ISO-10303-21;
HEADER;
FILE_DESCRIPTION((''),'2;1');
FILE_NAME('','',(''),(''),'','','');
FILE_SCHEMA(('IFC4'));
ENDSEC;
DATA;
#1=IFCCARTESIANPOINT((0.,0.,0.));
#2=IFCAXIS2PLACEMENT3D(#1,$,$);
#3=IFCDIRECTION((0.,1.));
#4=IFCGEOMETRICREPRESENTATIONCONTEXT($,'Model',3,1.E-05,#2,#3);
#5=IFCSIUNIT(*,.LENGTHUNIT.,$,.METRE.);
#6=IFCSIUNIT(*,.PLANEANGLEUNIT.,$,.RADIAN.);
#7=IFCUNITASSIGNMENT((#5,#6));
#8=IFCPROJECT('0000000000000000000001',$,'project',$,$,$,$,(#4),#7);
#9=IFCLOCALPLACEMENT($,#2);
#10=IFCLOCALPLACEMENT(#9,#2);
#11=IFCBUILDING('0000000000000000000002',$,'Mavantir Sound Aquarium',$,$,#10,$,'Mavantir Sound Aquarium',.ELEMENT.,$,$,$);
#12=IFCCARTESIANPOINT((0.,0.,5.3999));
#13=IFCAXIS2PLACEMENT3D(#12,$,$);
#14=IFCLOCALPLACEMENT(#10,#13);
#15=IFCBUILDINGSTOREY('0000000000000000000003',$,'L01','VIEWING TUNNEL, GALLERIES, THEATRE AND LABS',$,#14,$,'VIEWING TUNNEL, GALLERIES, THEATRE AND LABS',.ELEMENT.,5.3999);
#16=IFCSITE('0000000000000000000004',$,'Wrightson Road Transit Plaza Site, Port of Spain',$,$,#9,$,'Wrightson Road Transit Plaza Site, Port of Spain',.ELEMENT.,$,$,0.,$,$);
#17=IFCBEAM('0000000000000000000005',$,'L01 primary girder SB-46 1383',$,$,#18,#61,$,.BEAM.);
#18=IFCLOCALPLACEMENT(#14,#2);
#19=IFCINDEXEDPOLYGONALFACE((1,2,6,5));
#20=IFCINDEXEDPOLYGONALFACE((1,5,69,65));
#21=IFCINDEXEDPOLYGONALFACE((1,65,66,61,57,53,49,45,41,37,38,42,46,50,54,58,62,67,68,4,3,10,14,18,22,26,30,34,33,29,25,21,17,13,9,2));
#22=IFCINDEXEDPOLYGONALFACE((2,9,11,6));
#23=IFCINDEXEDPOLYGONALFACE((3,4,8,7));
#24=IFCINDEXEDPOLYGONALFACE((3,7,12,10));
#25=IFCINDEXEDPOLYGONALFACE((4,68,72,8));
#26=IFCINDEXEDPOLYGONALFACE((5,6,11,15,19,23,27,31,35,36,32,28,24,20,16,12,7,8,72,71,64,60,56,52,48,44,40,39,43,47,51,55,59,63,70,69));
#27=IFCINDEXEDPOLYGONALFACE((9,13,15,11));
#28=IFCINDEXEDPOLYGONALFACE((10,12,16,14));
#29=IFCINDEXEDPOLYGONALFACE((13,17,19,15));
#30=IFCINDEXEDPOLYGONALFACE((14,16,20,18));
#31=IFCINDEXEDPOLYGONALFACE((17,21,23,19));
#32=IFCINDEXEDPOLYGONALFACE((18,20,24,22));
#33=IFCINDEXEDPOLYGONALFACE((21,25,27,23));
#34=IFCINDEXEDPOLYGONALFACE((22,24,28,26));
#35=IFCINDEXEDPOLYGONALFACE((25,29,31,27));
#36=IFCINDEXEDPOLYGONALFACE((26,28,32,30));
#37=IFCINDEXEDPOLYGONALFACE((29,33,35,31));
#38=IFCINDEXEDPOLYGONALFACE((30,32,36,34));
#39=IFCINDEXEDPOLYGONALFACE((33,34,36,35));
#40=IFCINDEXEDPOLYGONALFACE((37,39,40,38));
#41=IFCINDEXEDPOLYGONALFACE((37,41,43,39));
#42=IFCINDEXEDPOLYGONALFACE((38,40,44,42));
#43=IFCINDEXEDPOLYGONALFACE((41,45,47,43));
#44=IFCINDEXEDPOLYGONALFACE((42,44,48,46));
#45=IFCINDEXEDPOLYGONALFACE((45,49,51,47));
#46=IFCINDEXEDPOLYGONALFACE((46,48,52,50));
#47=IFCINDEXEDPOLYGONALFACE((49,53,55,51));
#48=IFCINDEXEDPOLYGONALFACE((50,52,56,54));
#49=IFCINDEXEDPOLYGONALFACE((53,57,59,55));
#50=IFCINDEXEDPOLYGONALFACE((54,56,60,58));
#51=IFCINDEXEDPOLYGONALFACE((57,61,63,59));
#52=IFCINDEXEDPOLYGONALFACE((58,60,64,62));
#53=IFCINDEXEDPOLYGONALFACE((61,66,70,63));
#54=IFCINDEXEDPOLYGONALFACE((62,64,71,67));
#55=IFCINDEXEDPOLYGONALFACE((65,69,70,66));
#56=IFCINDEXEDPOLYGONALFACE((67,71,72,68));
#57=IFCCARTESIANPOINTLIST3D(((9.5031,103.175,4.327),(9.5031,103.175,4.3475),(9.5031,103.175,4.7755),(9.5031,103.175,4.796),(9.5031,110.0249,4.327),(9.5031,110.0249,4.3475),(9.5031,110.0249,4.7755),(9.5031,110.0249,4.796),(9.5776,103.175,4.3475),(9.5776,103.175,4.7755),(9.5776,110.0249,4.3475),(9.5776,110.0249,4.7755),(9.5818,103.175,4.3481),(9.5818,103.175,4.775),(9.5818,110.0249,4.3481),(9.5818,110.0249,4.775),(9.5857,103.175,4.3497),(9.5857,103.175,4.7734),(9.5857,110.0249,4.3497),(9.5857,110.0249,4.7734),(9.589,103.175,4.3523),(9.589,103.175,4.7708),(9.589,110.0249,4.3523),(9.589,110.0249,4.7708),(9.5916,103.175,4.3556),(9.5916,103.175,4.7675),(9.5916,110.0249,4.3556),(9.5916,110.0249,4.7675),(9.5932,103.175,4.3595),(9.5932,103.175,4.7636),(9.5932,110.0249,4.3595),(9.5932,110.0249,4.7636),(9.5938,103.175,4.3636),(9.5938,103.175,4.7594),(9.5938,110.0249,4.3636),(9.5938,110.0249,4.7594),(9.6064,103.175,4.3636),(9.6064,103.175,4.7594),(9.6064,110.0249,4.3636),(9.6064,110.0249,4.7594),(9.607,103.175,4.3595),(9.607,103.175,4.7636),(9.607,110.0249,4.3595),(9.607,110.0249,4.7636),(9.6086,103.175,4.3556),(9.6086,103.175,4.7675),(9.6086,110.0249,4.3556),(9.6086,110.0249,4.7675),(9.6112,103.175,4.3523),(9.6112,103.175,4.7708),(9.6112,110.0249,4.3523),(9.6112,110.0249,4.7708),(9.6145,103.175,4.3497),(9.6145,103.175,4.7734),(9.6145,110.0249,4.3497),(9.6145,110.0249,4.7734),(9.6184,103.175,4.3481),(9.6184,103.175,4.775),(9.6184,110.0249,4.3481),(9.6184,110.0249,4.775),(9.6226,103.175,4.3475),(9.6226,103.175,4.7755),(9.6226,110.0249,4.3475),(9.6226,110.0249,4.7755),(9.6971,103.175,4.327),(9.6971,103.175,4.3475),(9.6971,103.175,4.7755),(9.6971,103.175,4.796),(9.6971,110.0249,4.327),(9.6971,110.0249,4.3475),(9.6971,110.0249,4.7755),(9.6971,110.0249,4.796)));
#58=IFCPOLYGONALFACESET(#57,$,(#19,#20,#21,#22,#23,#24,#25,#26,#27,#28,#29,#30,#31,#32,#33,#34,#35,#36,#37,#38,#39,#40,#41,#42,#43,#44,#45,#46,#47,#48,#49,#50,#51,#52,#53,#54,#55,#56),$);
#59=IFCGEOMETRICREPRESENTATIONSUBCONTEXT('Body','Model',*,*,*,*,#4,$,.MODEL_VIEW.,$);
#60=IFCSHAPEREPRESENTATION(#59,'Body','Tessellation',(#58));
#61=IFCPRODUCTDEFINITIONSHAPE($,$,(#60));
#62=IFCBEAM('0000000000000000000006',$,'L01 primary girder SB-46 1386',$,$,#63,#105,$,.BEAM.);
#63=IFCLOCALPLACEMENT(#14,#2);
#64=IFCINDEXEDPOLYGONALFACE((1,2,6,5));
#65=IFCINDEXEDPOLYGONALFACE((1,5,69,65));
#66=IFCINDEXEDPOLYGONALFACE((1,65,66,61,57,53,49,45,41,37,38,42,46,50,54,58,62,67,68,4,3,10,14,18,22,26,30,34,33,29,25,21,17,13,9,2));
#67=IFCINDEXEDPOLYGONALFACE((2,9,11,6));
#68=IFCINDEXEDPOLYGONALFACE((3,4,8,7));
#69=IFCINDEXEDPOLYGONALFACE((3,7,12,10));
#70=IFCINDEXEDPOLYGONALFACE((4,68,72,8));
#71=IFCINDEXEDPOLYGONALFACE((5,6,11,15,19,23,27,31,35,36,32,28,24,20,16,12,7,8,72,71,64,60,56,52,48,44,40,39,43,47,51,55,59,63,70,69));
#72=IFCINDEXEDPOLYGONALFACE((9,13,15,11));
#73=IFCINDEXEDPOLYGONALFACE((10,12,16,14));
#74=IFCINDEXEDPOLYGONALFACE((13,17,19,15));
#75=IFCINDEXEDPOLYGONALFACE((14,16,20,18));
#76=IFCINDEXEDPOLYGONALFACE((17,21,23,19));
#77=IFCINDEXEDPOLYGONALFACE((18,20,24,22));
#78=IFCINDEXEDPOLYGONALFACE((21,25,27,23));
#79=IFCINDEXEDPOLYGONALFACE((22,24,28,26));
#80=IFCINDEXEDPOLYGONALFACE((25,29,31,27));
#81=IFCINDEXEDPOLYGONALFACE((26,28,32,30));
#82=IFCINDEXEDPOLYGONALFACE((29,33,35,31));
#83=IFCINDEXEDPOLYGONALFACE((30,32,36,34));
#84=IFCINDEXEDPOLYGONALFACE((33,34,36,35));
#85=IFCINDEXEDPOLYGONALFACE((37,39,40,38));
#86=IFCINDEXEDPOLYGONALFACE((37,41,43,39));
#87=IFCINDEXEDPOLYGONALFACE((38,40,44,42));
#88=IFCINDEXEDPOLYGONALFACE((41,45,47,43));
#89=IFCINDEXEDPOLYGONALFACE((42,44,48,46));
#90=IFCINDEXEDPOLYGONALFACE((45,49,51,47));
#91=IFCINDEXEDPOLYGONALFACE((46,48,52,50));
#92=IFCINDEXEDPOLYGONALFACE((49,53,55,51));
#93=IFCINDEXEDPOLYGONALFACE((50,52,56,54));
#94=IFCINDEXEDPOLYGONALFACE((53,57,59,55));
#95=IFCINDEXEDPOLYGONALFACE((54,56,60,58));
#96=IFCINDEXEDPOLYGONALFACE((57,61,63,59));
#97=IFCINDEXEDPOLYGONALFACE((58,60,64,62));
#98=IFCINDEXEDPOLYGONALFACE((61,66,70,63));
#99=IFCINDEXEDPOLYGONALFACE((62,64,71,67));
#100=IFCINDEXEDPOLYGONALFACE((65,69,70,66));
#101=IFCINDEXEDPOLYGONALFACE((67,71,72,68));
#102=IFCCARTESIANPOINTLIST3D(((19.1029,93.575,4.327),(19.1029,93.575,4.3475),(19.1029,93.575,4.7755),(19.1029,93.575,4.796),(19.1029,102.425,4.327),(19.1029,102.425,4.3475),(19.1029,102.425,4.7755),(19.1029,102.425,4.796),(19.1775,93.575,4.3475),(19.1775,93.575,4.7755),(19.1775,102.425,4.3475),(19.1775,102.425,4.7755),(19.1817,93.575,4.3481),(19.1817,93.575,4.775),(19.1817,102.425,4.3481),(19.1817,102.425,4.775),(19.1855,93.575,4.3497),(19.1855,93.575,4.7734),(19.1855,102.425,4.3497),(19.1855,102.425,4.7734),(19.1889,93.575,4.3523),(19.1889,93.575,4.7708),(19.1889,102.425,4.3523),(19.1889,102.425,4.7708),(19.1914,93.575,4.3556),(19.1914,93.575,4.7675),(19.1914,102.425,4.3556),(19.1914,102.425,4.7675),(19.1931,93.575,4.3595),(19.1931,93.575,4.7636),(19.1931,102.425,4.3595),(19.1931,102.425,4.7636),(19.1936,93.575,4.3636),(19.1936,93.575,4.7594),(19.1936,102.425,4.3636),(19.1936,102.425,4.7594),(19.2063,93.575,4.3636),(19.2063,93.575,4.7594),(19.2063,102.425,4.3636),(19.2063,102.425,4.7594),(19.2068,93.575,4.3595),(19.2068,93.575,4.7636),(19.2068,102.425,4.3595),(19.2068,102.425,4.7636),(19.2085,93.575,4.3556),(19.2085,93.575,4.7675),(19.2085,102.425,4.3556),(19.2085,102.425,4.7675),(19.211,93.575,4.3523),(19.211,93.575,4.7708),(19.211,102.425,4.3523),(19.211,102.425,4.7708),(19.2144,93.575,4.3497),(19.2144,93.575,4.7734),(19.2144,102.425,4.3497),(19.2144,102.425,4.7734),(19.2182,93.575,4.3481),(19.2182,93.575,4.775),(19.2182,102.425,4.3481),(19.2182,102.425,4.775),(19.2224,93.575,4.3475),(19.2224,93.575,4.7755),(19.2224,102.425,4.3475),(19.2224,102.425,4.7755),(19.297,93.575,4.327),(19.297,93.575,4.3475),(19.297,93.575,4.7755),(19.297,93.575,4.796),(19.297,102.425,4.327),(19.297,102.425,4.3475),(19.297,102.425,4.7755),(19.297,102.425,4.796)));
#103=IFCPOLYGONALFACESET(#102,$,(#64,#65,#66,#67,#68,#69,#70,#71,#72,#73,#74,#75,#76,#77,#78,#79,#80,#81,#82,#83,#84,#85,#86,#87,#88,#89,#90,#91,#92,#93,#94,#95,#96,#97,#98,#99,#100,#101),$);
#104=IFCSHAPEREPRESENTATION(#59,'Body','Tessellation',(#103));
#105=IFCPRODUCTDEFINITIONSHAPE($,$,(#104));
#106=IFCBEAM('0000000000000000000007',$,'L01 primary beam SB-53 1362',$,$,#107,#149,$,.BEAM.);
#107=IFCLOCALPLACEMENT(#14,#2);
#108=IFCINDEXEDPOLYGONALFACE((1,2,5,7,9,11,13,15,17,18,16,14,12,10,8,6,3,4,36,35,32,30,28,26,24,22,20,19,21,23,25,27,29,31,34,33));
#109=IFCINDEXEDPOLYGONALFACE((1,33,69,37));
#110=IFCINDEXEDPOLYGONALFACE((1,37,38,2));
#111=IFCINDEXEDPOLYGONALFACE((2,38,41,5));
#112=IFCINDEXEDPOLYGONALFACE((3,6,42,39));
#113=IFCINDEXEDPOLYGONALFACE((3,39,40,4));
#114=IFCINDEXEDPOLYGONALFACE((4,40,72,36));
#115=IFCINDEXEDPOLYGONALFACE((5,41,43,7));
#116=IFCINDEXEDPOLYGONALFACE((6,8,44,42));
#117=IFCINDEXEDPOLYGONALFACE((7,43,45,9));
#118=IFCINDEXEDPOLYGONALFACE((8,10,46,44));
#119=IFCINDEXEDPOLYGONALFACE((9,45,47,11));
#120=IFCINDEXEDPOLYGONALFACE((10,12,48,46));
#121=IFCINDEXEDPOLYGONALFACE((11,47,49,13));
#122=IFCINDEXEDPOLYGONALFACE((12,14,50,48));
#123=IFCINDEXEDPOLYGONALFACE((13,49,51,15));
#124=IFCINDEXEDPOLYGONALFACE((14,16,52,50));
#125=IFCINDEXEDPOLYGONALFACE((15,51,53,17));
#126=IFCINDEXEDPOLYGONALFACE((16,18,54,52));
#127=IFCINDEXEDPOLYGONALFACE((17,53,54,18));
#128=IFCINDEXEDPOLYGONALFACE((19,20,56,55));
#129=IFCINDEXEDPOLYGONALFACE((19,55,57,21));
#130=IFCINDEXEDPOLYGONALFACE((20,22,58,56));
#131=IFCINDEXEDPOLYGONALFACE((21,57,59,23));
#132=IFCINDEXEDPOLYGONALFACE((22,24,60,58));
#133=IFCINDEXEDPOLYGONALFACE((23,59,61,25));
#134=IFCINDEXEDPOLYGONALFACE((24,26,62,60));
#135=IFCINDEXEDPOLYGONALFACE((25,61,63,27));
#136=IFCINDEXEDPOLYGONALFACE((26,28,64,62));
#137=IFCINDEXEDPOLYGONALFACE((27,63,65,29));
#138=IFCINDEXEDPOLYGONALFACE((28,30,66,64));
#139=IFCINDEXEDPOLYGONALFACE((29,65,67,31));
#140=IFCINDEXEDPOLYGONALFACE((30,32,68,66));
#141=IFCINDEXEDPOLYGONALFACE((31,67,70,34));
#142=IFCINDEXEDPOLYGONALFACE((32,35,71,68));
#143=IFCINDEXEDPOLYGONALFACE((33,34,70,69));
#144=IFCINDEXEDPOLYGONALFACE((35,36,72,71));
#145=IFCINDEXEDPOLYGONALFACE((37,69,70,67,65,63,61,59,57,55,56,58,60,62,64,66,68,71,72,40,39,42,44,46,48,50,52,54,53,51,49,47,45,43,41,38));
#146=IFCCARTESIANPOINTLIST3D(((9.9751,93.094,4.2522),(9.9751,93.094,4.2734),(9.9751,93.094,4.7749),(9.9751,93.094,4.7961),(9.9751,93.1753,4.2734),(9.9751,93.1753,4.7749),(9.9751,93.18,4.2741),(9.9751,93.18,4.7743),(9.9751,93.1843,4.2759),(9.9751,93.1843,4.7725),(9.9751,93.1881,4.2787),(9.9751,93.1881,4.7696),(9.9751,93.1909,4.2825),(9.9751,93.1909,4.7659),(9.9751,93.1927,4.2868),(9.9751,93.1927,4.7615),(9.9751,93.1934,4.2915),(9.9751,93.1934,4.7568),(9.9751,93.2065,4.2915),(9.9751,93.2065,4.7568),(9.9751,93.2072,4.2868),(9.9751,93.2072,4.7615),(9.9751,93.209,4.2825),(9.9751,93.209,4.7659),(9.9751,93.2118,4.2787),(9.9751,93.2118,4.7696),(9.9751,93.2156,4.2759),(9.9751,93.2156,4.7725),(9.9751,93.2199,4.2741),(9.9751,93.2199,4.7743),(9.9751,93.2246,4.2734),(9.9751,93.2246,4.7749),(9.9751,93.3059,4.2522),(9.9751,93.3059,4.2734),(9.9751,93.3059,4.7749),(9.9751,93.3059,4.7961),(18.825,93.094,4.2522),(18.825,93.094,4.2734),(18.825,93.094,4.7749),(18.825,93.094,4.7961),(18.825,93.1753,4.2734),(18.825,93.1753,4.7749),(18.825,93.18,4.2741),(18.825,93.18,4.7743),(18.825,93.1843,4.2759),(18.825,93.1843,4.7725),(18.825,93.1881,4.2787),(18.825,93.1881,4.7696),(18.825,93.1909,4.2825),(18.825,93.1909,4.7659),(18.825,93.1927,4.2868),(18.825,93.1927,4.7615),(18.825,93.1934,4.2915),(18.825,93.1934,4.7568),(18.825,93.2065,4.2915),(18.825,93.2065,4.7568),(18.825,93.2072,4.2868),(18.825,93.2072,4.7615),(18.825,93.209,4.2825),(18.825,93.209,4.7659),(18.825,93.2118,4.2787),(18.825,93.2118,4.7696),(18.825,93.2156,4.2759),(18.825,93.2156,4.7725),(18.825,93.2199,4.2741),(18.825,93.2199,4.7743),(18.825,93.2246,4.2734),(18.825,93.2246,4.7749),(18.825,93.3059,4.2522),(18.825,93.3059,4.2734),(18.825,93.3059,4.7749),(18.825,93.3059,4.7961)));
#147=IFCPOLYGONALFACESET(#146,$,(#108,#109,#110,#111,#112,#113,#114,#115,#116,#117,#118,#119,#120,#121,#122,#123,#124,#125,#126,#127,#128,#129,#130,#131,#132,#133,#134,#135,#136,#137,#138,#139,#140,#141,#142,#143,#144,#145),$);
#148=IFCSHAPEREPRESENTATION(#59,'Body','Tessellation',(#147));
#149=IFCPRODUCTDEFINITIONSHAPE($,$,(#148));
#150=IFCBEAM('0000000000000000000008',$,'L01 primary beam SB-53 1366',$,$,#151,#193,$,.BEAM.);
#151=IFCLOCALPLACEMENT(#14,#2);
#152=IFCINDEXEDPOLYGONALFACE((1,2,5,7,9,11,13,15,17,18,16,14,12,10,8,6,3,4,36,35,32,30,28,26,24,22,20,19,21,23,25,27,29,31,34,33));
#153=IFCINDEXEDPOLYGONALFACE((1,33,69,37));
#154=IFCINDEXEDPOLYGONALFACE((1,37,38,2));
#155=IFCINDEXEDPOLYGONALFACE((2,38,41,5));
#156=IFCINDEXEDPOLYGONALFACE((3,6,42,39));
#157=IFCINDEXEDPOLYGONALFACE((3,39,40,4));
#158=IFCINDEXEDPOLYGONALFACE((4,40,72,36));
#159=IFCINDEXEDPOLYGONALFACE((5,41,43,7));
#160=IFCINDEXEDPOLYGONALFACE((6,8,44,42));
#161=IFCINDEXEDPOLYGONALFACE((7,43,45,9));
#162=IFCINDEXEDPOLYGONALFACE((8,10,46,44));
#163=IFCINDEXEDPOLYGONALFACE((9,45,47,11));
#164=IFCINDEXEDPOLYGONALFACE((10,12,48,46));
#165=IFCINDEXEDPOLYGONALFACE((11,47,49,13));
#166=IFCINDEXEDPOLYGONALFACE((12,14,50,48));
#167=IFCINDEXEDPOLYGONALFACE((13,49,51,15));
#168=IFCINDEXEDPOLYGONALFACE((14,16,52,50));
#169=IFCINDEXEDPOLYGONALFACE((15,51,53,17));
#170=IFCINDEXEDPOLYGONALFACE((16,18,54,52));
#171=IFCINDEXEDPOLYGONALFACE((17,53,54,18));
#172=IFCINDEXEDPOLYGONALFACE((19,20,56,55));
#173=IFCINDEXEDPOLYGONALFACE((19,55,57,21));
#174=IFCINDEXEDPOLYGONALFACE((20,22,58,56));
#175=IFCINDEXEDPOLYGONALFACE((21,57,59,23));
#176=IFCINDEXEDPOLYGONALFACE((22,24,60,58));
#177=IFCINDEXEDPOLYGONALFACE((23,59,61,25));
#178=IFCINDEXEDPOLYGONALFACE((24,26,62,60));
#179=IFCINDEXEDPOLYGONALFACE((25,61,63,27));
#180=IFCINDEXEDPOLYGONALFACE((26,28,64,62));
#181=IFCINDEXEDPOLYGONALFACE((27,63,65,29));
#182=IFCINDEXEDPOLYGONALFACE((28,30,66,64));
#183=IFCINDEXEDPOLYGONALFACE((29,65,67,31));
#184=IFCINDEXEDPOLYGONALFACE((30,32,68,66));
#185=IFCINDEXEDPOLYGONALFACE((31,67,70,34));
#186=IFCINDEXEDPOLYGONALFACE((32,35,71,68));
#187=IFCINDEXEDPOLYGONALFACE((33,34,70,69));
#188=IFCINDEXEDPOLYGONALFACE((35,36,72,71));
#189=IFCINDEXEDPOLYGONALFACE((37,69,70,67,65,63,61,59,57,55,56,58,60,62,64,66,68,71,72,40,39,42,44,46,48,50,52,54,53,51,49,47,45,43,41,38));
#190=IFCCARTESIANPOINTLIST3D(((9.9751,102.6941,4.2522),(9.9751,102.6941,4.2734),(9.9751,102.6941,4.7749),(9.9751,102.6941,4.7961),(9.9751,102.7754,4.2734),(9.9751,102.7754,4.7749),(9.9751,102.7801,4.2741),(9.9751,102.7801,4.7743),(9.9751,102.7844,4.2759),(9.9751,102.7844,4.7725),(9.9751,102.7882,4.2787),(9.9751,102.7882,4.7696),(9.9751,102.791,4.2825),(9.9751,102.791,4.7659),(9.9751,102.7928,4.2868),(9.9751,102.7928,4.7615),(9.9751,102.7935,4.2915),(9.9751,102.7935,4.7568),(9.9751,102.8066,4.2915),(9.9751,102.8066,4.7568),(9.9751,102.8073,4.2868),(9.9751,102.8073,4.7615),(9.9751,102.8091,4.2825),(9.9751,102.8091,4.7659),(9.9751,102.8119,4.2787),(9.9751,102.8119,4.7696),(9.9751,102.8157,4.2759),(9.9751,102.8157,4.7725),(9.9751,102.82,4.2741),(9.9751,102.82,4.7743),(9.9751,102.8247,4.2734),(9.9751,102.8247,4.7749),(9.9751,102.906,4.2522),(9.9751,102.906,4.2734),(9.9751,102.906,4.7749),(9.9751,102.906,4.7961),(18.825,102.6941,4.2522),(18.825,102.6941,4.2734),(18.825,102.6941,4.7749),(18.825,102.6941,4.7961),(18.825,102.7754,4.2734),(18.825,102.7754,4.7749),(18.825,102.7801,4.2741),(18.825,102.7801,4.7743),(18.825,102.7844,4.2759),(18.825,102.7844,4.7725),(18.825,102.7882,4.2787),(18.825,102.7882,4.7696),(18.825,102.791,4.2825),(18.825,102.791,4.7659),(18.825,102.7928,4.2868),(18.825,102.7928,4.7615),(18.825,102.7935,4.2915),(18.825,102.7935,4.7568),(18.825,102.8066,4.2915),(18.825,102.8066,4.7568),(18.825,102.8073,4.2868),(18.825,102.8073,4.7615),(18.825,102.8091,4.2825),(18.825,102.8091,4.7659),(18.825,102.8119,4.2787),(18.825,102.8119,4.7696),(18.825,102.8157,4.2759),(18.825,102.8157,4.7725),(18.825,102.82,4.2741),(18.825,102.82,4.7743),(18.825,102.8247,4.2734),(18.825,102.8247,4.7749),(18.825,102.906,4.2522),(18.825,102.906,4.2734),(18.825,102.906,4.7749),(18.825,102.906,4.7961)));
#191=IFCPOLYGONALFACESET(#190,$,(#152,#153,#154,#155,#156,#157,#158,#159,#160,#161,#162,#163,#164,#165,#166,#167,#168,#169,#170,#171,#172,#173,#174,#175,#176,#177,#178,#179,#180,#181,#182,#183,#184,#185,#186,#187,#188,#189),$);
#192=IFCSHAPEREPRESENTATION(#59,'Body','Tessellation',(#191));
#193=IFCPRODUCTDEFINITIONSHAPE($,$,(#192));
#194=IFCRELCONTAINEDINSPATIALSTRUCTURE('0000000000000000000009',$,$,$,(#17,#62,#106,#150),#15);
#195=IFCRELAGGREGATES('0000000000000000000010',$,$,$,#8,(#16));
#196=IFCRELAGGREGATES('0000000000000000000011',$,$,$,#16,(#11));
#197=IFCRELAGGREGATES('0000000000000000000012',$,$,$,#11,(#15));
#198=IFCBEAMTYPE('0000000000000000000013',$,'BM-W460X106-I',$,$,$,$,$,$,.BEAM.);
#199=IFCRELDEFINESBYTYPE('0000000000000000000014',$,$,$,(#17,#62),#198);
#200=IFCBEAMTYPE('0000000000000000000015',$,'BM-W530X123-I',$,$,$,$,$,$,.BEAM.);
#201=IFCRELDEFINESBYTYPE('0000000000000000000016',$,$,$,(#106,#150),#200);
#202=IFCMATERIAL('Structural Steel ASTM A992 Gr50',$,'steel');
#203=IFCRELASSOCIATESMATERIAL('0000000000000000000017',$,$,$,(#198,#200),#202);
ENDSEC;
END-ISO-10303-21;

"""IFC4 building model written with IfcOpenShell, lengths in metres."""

from ifc_helpers import new_model, si_unit, direction, frame, origin, origin_2d, place, context, subcontext, project, spatial, i_section, extrude, material, material_profile, profile_set, type_object, element, save


model = new_model("IFC4")

# Units and contexts
model_context = context("Model", 3, precision=1e-05, world=origin(), true_north=direction((0.0, 1.0)))
body_context = subcontext(model_context, "Body", "Model", "MODEL_VIEW")
ifc_project = project(units=[si_unit("LENGTHUNIT", "METRE"), si_unit("PLANEANGLEUNIT", "RADIAN")], contexts=[model_context])

# Site, building, storey
site_placement = place(None, origin())
site = spatial("IfcSite", under=ifc_project, at=site_placement, Name="Wrightson Road Transit Plaza Site, Port of Spain", LongName="Wrightson Road Transit Plaza Site, Port of Spain", CompositionType="ELEMENT", RefElevation=0.0)
building_placement = place(site_placement, origin())
building = spatial("IfcBuilding", under=site, at=building_placement, Name="Mavantir Sound Aquarium", LongName="Mavantir Sound Aquarium", CompositionType="ELEMENT")
storey_placement = place(building_placement, frame((0.0, 0.0, 5.3999)))
storey = spatial("IfcBuildingStorey", under=building, at=storey_placement, Name="L01", Description="VIEWING TUNNEL, GALLERIES, THEATRE AND LABS", LongName="VIEWING TUNNEL, GALLERIES, THEATRE AND LABS", CompositionType="ELEMENT", Elevation=5.3999)

# Beams
ifc_material_1 = material(Name="Structural Steel ASTM A992 Gr50", Category="steel")
ifc_material_profile_1 = material_profile(ifc_material_1, i_section(OverallWidth=0.1941, OverallDepth=0.469, WebThickness=0.0127, FlangeThickness=0.0205, FilletRadius=0.0161, at=origin_2d()), Name="W460X106")
ifc_profile_set_1 = profile_set([ifc_material_profile_1], Name="Structural Steel ASTM A992 Gr50")
beam_type_1 = type_object("IfcBeamType", Name="BM-W460X106-I", PredefinedType="BEAM", material=ifc_profile_set_1)
beam_1_placement = place(storey_placement, frame((9.6001, 103.175, 4.5615), z_axis=(0.0, 1.0, 0.0), x_axis=(-1.0, 0.0, 0.0)))
element("IfcBeam", 1, at=beam_1_placement, inside=storey, type_object=beam_type_1, Name="L01 primary girder SB-46 1383", PredefinedType="BEAM", context=body_context, shape_type="SweptSolid", body=[
    extrude(i_section(OverallWidth=0.1941, OverallDepth=0.469, WebThickness=0.0127, FlangeThickness=0.0205, FilletRadius=0.0161, at=origin_2d()), origin(), (0.0, 0.0, 1.0), 6.8499),
])
beam_2_placement = place(storey_placement, frame((19.2, 93.575, 4.5615), z_axis=(0.0, 1.0, 0.0), x_axis=(-1.0, 0.0, 0.0)))
element("IfcBeam", 2, at=beam_2_placement, inside=storey, type_object=beam_type_1, Name="L01 primary girder SB-46 1386", PredefinedType="BEAM", context=body_context, shape_type="SweptSolid", body=[
    extrude(i_section(OverallWidth=0.1941, OverallDepth=0.469, WebThickness=0.0127, FlangeThickness=0.0205, FilletRadius=0.0161, at=origin_2d()), origin(), (0.0, 0.0, 1.0), 8.8501),
])
ifc_material_profile_2 = material_profile(ifc_material_1, i_section(OverallWidth=0.2119, OverallDepth=0.5439, WebThickness=0.0132, FlangeThickness=0.0212, FilletRadius=0.0181, at=origin_2d()), Name="W530X123")
ifc_profile_set_2 = profile_set([ifc_material_profile_2], Name="Structural Steel ASTM A992 Gr50")
beam_type_2 = type_object("IfcBeamType", Name="BM-W530X123-I", PredefinedType="BEAM", material=ifc_profile_set_2)
for number, where, z_axis, x_axis, name in (
    (3, (9.9751, 93.2, 4.5242), (1.0, 0.0, 0.0), (0.0, 1.0, 0.0), "L01 primary beam SB-53 1362"),
    (4, (9.9751, 102.8, 4.5242), (1.0, 0.0, 0.0), (0.0, 1.0, 0.0), "L01 primary beam SB-53 1366"),
):
    element("IfcBeam", number, at=place(storey_placement, frame(where, z_axis=z_axis, x_axis=x_axis)), inside=storey, type_object=beam_type_2, Name=name, PredefinedType="BEAM", context=body_context, shape_type="SweptSolid", body=[
        extrude(i_section(OverallWidth=0.2119, OverallDepth=0.5439, WebThickness=0.0132, FlangeThickness=0.0212, FilletRadius=0.0181, at=origin_2d()), origin(), (0.0, 0.0, 1.0), 8.8499),
    ])

save(model, "model.ifc")
